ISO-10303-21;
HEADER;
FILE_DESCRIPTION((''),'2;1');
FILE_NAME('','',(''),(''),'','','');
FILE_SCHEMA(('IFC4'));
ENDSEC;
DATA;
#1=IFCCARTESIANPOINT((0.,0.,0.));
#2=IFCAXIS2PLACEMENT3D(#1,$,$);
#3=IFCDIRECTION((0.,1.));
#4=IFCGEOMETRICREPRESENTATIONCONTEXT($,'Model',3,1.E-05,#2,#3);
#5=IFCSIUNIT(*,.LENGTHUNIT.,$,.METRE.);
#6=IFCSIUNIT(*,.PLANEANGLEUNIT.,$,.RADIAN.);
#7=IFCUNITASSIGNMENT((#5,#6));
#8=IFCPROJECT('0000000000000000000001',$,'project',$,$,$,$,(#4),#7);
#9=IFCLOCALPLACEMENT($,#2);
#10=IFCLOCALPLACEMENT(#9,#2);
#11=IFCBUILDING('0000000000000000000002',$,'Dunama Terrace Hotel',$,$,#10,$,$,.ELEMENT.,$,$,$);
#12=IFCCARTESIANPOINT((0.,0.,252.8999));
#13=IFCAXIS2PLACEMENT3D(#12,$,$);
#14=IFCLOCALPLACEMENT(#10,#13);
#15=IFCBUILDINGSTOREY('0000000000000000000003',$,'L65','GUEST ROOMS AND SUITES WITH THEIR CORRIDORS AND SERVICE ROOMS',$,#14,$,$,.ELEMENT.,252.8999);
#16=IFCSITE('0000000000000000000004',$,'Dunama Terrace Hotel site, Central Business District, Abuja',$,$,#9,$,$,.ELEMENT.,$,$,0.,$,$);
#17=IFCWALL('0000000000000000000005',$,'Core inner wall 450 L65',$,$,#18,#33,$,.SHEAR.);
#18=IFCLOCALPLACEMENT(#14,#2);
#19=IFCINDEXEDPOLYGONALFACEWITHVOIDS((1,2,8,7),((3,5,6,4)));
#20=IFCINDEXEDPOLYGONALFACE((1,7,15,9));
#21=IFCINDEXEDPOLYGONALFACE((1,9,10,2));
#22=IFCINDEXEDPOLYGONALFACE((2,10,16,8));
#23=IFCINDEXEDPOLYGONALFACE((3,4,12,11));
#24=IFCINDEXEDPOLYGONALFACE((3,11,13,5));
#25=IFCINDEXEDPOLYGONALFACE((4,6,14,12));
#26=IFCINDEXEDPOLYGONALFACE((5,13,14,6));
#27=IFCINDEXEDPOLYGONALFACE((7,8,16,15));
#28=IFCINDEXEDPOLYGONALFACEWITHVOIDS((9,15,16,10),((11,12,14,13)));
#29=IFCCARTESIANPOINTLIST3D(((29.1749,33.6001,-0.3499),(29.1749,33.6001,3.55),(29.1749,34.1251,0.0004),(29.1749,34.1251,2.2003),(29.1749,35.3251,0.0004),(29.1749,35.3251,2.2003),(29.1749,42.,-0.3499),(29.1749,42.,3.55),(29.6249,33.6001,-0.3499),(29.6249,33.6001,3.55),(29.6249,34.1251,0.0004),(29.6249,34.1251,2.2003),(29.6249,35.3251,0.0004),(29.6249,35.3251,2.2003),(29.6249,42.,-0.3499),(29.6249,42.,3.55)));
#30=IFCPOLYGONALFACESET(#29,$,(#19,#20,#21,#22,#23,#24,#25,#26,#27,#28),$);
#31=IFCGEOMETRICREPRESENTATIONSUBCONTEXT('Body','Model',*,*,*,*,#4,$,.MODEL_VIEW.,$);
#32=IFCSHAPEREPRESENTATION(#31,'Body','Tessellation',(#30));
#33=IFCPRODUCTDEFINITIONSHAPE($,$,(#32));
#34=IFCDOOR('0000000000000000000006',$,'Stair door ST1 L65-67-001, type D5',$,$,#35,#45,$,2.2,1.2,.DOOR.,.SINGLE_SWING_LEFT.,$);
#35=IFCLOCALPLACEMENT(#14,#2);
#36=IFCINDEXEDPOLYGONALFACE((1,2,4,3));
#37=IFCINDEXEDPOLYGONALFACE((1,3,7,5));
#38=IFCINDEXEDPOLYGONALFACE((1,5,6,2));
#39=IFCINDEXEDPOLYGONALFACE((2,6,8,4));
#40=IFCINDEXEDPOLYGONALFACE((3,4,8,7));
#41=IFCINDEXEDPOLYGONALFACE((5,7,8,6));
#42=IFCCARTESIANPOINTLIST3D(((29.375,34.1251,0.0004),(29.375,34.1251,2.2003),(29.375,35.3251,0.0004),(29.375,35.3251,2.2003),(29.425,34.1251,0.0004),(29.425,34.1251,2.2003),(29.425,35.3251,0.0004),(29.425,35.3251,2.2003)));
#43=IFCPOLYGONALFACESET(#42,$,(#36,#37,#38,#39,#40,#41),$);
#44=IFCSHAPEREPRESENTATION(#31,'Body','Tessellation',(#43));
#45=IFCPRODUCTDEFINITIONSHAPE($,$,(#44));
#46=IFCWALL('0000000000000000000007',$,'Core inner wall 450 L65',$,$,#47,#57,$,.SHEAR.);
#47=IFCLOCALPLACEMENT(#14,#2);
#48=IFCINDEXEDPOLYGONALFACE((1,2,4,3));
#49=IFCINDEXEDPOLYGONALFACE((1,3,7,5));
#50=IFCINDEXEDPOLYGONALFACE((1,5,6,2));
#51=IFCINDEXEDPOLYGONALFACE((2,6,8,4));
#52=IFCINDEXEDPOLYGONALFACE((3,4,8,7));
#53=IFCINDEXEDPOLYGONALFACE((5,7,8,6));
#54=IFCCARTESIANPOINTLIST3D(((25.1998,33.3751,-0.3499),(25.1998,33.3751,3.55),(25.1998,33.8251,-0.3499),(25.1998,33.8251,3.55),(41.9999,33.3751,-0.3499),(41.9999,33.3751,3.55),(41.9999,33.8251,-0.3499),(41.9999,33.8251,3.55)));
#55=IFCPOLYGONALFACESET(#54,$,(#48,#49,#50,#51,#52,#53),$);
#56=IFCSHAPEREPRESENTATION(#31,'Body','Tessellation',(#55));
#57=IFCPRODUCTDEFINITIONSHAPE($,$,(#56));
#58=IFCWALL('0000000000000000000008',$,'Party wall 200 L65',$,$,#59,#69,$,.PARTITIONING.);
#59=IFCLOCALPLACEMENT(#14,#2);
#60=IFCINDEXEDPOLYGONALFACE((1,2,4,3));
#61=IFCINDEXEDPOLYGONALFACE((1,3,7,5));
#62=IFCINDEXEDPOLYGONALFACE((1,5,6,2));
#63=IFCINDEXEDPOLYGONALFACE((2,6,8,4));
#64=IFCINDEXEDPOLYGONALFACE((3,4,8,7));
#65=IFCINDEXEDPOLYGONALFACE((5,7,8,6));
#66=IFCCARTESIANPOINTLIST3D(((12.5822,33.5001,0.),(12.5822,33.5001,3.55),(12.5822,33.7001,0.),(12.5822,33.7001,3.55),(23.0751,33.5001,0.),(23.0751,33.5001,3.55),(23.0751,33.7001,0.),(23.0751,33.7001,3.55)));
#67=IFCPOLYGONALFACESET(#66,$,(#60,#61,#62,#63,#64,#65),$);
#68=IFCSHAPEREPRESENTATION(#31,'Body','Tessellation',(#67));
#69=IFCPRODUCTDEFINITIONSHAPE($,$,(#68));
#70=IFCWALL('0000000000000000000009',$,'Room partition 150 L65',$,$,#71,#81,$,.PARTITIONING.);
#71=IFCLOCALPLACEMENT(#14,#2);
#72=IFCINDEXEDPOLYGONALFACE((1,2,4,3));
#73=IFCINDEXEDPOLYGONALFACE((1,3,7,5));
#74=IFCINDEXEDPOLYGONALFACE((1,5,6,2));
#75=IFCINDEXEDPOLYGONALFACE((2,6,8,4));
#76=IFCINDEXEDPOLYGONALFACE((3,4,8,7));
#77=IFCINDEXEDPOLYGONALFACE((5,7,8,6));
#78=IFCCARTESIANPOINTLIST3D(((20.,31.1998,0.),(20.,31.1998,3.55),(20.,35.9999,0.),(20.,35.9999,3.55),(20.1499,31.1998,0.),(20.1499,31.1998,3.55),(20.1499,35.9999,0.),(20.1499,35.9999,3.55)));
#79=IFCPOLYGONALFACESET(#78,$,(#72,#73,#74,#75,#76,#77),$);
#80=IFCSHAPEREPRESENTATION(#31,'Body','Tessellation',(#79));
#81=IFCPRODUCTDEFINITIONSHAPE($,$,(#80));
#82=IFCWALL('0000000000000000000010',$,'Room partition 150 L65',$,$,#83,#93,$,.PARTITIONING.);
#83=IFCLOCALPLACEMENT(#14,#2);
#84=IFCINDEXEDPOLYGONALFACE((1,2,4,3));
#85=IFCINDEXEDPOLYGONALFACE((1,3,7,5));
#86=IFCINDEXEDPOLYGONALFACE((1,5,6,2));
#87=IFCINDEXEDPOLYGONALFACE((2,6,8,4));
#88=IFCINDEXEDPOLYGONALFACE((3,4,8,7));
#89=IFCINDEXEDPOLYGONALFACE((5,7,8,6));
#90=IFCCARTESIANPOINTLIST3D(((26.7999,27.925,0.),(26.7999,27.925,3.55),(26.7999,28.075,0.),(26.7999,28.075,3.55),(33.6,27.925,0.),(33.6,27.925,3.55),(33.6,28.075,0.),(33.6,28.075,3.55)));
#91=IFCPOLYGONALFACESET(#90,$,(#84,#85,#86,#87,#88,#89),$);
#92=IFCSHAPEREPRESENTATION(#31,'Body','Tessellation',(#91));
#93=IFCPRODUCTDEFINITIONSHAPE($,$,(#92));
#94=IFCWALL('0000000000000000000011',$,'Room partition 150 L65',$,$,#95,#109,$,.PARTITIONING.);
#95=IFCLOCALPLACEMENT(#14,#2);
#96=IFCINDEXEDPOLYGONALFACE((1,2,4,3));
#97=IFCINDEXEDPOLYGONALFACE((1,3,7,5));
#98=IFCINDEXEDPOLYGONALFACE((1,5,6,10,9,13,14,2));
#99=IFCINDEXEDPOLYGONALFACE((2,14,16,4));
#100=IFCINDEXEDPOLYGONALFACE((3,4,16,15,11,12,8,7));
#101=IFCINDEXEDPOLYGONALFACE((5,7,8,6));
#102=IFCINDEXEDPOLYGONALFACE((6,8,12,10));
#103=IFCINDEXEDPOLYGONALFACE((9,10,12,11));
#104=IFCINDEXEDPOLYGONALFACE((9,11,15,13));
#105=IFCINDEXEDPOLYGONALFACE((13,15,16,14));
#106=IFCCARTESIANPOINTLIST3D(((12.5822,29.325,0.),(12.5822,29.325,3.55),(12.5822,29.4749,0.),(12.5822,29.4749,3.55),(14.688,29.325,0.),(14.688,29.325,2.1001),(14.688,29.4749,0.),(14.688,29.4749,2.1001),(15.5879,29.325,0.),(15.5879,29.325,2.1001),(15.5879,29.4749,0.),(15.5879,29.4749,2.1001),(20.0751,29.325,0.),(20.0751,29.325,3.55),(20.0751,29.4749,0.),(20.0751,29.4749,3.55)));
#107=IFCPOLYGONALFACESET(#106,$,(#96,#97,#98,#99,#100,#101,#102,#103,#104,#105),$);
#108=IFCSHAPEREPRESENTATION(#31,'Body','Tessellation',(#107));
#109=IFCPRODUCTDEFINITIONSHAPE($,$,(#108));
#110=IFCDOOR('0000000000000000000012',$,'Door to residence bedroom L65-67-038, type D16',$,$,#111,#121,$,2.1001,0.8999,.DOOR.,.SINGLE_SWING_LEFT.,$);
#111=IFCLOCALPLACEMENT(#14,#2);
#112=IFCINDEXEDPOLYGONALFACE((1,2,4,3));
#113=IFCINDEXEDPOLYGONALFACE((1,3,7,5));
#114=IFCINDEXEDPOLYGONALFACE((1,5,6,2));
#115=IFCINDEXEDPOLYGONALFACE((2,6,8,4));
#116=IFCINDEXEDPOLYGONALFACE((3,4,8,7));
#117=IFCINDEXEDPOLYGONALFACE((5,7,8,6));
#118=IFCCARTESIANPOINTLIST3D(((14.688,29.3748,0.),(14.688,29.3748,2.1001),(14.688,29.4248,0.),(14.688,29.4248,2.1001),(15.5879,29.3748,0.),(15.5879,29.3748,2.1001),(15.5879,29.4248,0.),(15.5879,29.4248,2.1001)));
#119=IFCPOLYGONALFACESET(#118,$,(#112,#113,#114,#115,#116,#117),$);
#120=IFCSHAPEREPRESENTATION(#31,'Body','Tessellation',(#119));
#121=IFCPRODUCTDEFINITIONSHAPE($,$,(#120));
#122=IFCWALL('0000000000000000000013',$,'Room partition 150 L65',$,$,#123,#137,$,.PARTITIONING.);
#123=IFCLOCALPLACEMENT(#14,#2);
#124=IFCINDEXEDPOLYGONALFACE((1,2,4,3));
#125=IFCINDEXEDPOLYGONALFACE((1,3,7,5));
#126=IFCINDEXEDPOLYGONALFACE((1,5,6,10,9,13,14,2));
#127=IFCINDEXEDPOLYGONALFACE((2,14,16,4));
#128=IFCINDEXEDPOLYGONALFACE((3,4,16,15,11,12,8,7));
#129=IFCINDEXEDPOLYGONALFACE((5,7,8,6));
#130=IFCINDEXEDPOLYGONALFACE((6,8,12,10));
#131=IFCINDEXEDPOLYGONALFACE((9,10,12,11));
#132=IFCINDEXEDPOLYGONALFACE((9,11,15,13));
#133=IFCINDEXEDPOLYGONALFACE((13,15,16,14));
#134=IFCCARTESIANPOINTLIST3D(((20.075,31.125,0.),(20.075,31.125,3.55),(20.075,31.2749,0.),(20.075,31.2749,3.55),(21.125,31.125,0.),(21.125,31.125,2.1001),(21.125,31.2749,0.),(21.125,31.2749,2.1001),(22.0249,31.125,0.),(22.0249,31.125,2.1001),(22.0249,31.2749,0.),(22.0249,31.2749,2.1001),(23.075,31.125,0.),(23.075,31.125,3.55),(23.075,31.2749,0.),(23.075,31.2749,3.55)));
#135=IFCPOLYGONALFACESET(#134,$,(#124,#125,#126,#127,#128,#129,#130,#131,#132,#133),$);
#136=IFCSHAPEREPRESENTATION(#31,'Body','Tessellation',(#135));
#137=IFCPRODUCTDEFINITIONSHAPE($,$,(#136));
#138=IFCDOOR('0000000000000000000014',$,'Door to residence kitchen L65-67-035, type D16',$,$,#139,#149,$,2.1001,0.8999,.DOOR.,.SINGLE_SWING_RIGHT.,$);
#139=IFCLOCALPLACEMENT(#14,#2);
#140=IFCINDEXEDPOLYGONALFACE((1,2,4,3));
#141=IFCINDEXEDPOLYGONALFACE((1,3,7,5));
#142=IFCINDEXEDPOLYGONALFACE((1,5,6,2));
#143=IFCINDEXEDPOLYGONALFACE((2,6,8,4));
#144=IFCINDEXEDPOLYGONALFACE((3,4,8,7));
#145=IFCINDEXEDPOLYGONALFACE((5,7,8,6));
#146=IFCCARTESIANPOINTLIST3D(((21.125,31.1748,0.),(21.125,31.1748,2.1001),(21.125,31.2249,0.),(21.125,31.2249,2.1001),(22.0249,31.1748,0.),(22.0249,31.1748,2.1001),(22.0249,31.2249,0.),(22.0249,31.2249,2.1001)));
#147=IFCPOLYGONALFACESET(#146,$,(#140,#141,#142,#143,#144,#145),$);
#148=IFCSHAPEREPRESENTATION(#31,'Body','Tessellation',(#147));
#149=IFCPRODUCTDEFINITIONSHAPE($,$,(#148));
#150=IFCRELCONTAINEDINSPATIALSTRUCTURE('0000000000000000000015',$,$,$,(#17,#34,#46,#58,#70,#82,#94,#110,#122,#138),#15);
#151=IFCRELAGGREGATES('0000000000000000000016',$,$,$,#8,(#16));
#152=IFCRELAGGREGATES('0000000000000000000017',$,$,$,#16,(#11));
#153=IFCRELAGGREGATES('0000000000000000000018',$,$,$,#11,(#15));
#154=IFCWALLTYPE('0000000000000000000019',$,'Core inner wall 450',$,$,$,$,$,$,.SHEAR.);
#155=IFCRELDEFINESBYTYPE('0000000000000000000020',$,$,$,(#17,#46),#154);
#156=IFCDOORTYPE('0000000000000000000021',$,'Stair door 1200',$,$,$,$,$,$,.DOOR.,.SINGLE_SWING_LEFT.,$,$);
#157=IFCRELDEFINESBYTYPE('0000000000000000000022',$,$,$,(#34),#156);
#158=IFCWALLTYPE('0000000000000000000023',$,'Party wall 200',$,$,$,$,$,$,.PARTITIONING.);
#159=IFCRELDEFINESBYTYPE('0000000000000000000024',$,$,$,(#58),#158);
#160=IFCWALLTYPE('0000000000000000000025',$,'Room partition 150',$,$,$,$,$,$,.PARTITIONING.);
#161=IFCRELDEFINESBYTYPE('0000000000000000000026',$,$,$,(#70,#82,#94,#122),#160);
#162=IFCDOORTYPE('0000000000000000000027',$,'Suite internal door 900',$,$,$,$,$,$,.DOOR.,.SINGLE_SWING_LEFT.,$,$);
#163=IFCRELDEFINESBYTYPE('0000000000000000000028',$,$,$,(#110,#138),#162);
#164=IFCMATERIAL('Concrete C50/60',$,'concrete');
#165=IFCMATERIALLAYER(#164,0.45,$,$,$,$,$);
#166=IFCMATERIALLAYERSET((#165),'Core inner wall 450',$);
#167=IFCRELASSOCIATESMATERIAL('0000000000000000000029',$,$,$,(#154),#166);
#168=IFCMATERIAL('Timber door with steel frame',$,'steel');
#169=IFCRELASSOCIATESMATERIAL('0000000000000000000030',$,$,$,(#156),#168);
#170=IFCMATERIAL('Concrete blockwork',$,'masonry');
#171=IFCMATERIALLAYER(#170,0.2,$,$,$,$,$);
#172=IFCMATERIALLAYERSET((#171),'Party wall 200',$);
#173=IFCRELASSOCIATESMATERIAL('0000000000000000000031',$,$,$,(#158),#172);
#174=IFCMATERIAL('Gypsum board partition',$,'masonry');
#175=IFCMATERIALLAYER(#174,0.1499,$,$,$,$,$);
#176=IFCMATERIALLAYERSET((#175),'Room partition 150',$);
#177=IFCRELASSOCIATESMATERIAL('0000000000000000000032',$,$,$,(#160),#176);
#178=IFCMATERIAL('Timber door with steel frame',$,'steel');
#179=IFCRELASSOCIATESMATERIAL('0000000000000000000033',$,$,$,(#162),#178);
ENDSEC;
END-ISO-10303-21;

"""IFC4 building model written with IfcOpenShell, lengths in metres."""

from ifc_helpers import new_model, si_unit, direction, frame, frame_2d, origin, place, context, subcontext, project, spatial, rectangle, extrude, material, layer, layer_set, type_object, element, fill, save


model = new_model("IFC4")

# Units and contexts
model_context = context("Model", 3, precision=1e-05, world=origin(), true_north=direction((0.0, 1.0)))
body_context = subcontext(model_context, "Body", "Model", "MODEL_VIEW")
ifc_project = project(units=[si_unit("LENGTHUNIT", "METRE"), si_unit("PLANEANGLEUNIT", "RADIAN")], contexts=[model_context])

# Site, building, storey
site_placement = place(None, origin())
site = spatial("IfcSite", under=ifc_project, at=site_placement, Name="Dunama Terrace Hotel site, Central Business District, Abuja", CompositionType="ELEMENT", RefElevation=0.0)
building_placement = place(site_placement, origin())
building = spatial("IfcBuilding", under=site, at=building_placement, Name="Dunama Terrace Hotel", CompositionType="ELEMENT")
storey_placement = place(building_placement, frame((0.0, 0.0, 252.8999)))
storey = spatial("IfcBuildingStorey", under=building, at=storey_placement, Name="L65", Description="GUEST ROOMS AND SUITES WITH THEIR CORRIDORS AND SERVICE ROOMS", CompositionType="ELEMENT", Elevation=252.8999)

# Wall, opening, door
ifc_material_1 = material(Name="Concrete C50/60", Category="concrete")
ifc_layer_1 = layer(ifc_material_1, 0.45)
ifc_layer_set_1 = layer_set([ifc_layer_1], Name="Core inner wall 450")
wall_type_1 = type_object("IfcWallType", Name="Core inner wall 450", PredefinedType="SHEAR", material=ifc_layer_set_1)
wall_1_placement = place(storey_placement, frame((29.3999, 33.6001, -0.3499), z_axis=(0.0, 0.0, 1.0), x_axis=(0.0, 1.0, 0.0)))
wall_1 = element("IfcWall", 1, at=wall_1_placement, inside=storey, type_object=wall_type_1, Name="Core inner wall 450 L65", PredefinedType="SHEAR", context=body_context, shape_type="SweptSolid", body=[
    extrude(rectangle(XDim=8.3999, YDim=0.45, at=frame_2d((4.2, 0.0))), origin(), (0.0, 0.0, 1.0), 3.8999),
])
opening_1_placement = place(wall_1_placement, frame((0.5249, 0.0, 0.3501)))
opening_1 = element("IfcOpeningElement", 2, at=opening_1_placement, cuts=wall_1, PredefinedType="OPENING", context=body_context, shape_type="SweptSolid", body=[
    extrude(rectangle(XDim=1.2, YDim=2.2, at=frame_2d((0.6001, 1.1001))), frame((0.0, 0.2349, 0.0), z_axis=(0.0, -1.0, 0.0), x_axis=(1.0, 0.0, 0.0)), (0.0, 0.0, 1.0), 0.47),
])
ifc_material_2 = material(Name="Timber door with steel frame", Category="steel")
door_type_1 = type_object("IfcDoorType", Name="Stair door 1200", OperationType="SINGLE_SWING_LEFT", PredefinedType="DOOR", material=ifc_material_2)
door_1_placement = place(opening_1_placement, origin())
door_1 = element("IfcDoor", 3, at=door_1_placement, inside=storey, type_object=door_type_1, Name="Stair door ST1 L65-67-001, type D5", OperationType="SINGLE_SWING_LEFT", OverallHeight=2.2, OverallWidth=1.2, PredefinedType="DOOR", context=body_context, shape_type="SweptSolid", body=[
    extrude(rectangle(XDim=1.2, YDim=2.2, at=frame_2d((0.6001, 1.1001))), frame((0.0, 0.0249, 0.0), z_axis=(0.0, -1.0, 0.0), x_axis=(1.0, 0.0, 0.0)), (0.0, 0.0, 1.0), 0.05),
])
fill(opening_1, door_1)

# Walls
wall_2_placement = place(storey_placement, frame((25.2, 33.6001, -0.3499), z_axis=(0.0, 0.0, 1.0), x_axis=(1.0, 0.0, 0.0)))
element("IfcWall", 4, at=wall_2_placement, inside=storey, type_object=wall_type_1, Name="Core inner wall 450 L65", PredefinedType="SHEAR", context=body_context, shape_type="SweptSolid", body=[
    extrude(rectangle(XDim=16.8, YDim=0.45, at=frame_2d((8.3999, 0.0))), origin(), (0.0, 0.0, 1.0), 3.8999),
])
ifc_material_3 = material(Name="Concrete blockwork", Category="masonry")
ifc_layer_2 = layer(ifc_material_3, 0.2)
ifc_layer_set_2 = layer_set([ifc_layer_2], Name="Party wall 200")
wall_type_2 = type_object("IfcWallType", Name="Party wall 200", PredefinedType="PARTITIONING", material=ifc_layer_set_2)
wall_3_placement = place(storey_placement, frame((12.582, 33.6001, 0.0), z_axis=(0.0, 0.0, 1.0), x_axis=(1.0, 0.0, 0.0)))
element("IfcWall", 5, at=wall_3_placement, inside=storey, type_object=wall_type_2, Name="Party wall 200 L65", PredefinedType="PARTITIONING", context=body_context, shape_type="SweptSolid", body=[
    extrude(rectangle(XDim=10.4929, YDim=0.2, at=frame_2d((5.2466, 0.0))), origin(), (0.0, 0.0, 1.0), 3.55),
])
ifc_material_4 = material(Name="Gypsum board partition", Category="masonry")
ifc_layer_3 = layer(ifc_material_4, 0.1499)
ifc_layer_set_3 = layer_set([ifc_layer_3], Name="Room partition 150")
wall_type_3 = type_object("IfcWallType", Name="Room partition 150", PredefinedType="PARTITIONING", material=ifc_layer_set_3)
wall_4_placement = place(storey_placement, frame((20.075, 31.2, 0.0), z_axis=(0.0, 0.0, 1.0), x_axis=(0.0, 1.0, 0.0)))
element("IfcWall", 6, at=wall_4_placement, inside=storey, type_object=wall_type_3, Name="Room partition 150 L65", PredefinedType="PARTITIONING", context=body_context, shape_type="SweptSolid", body=[
    extrude(rectangle(XDim=4.8, YDim=0.1499, at=frame_2d((2.3999, 0.0))), origin(), (0.0, 0.0, 1.0), 3.55),
])
wall_5_placement = place(storey_placement, frame((26.8, 28.0, 0.0), z_axis=(0.0, 0.0, 1.0), x_axis=(1.0, 0.0, 0.0)))
element("IfcWall", 7, at=wall_5_placement, inside=storey, type_object=wall_type_3, Name="Room partition 150 L65", PredefinedType="PARTITIONING", context=body_context, shape_type="SweptSolid", body=[
    extrude(rectangle(XDim=6.8, YDim=0.1499, at=frame_2d((3.3999, 0.0))), origin(), (0.0, 0.0, 1.0), 3.55),
])

# Walls, openings, doors
wall_6_placement = place(storey_placement, frame((12.582, 29.3999, 0.0), z_axis=(0.0, 0.0, 1.0), x_axis=(1.0, 0.0, 0.0)))
wall_6 = element("IfcWall", 8, at=wall_6_placement, inside=storey, type_object=wall_type_3, Name="Room partition 150 L65", PredefinedType="PARTITIONING", context=body_context, shape_type="SweptSolid", body=[
    extrude(rectangle(XDim=7.4929, YDim=0.1499, at=frame_2d((3.7466, 0.0))), origin(), (0.0, 0.0, 1.0), 3.55),
])
opening_2_placement = place(wall_6_placement, frame((2.106, 0.0, 0.0)))
opening_2 = element("IfcOpeningElement", 9, at=opening_2_placement, cuts=wall_6, PredefinedType="OPENING", context=body_context, shape_type="SweptSolid", body=[
    extrude(rectangle(XDim=0.8999, YDim=2.1001, at=frame_2d((0.45, 1.05))), frame((0.0, 0.085, 0.0), z_axis=(0.0, -1.0, 0.0), x_axis=(1.0, 0.0, 0.0)), (0.0, 0.0, 1.0), 0.1699),
])
ifc_material_5 = material(Name="Timber door with steel frame", Category="steel")
door_type_2 = type_object("IfcDoorType", Name="Suite internal door 900", OperationType="SINGLE_SWING_LEFT", PredefinedType="DOOR", material=ifc_material_5)
door_2_placement = place(opening_2_placement, frame((0.8999, 0.0, 0.0), z_axis=(0.0, 0.0, 1.0), x_axis=(-1.0, 0.0, 0.0)))
door_2 = element("IfcDoor", 10, at=door_2_placement, inside=storey, type_object=door_type_2, Name="Door to residence bedroom L65-67-038, type D16", OperationType="SINGLE_SWING_LEFT", OverallHeight=2.1001, OverallWidth=0.8999, PredefinedType="DOOR", context=body_context, shape_type="SweptSolid", body=[
    extrude(rectangle(XDim=0.8999, YDim=2.1001, at=frame_2d((0.45, 1.05))), frame((0.0, 0.0251, 0.0), z_axis=(0.0, -1.0, 0.0), x_axis=(1.0, 0.0, 0.0)), (0.0, 0.0, 1.0), 0.05),
])
fill(opening_2, door_2)
wall_7_placement = place(storey_placement, frame((20.075, 31.2, 0.0), z_axis=(0.0, 0.0, 1.0), x_axis=(1.0, 0.0, 0.0)))
wall_7 = element("IfcWall", 11, at=wall_7_placement, inside=storey, type_object=wall_type_3, Name="Room partition 150 L65", PredefinedType="PARTITIONING", context=body_context, shape_type="SweptSolid", body=[
    extrude(rectangle(XDim=3.0, YDim=0.1499, at=frame_2d((1.5, 0.0))), origin(), (0.0, 0.0, 1.0), 3.55),
])
opening_3_placement = place(wall_7_placement, frame((1.05, 0.0, 0.0)))
opening_3 = element("IfcOpeningElement", 12, at=opening_3_placement, cuts=wall_7, PredefinedType="OPENING", context=body_context, shape_type="SweptSolid", body=[
    extrude(rectangle(XDim=0.8999, YDim=2.1001, at=frame_2d((0.45, 1.05))), frame((0.0, 0.085, 0.0), z_axis=(0.0, -1.0, 0.0), x_axis=(1.0, 0.0, 0.0)), (0.0, 0.0, 1.0), 0.1699),
])
door_3_placement = place(opening_3_placement, origin())
door_3 = element("IfcDoor", 13, at=door_3_placement, inside=storey, type_object=door_type_2, Name="Door to residence kitchen L65-67-035, type D16", OperationType="SINGLE_SWING_RIGHT", OverallHeight=2.1001, OverallWidth=0.8999, PredefinedType="DOOR", context=body_context, shape_type="SweptSolid", body=[
    extrude(rectangle(XDim=0.8999, YDim=2.1001, at=frame_2d((0.45, 1.05))), frame((0.0, 0.0249, 0.0), z_axis=(0.0, -1.0, 0.0), x_axis=(1.0, 0.0, 0.0)), (0.0, 0.0, 1.0), 0.05),
])
fill(opening_3, door_3)

save(model, "model.ifc")
